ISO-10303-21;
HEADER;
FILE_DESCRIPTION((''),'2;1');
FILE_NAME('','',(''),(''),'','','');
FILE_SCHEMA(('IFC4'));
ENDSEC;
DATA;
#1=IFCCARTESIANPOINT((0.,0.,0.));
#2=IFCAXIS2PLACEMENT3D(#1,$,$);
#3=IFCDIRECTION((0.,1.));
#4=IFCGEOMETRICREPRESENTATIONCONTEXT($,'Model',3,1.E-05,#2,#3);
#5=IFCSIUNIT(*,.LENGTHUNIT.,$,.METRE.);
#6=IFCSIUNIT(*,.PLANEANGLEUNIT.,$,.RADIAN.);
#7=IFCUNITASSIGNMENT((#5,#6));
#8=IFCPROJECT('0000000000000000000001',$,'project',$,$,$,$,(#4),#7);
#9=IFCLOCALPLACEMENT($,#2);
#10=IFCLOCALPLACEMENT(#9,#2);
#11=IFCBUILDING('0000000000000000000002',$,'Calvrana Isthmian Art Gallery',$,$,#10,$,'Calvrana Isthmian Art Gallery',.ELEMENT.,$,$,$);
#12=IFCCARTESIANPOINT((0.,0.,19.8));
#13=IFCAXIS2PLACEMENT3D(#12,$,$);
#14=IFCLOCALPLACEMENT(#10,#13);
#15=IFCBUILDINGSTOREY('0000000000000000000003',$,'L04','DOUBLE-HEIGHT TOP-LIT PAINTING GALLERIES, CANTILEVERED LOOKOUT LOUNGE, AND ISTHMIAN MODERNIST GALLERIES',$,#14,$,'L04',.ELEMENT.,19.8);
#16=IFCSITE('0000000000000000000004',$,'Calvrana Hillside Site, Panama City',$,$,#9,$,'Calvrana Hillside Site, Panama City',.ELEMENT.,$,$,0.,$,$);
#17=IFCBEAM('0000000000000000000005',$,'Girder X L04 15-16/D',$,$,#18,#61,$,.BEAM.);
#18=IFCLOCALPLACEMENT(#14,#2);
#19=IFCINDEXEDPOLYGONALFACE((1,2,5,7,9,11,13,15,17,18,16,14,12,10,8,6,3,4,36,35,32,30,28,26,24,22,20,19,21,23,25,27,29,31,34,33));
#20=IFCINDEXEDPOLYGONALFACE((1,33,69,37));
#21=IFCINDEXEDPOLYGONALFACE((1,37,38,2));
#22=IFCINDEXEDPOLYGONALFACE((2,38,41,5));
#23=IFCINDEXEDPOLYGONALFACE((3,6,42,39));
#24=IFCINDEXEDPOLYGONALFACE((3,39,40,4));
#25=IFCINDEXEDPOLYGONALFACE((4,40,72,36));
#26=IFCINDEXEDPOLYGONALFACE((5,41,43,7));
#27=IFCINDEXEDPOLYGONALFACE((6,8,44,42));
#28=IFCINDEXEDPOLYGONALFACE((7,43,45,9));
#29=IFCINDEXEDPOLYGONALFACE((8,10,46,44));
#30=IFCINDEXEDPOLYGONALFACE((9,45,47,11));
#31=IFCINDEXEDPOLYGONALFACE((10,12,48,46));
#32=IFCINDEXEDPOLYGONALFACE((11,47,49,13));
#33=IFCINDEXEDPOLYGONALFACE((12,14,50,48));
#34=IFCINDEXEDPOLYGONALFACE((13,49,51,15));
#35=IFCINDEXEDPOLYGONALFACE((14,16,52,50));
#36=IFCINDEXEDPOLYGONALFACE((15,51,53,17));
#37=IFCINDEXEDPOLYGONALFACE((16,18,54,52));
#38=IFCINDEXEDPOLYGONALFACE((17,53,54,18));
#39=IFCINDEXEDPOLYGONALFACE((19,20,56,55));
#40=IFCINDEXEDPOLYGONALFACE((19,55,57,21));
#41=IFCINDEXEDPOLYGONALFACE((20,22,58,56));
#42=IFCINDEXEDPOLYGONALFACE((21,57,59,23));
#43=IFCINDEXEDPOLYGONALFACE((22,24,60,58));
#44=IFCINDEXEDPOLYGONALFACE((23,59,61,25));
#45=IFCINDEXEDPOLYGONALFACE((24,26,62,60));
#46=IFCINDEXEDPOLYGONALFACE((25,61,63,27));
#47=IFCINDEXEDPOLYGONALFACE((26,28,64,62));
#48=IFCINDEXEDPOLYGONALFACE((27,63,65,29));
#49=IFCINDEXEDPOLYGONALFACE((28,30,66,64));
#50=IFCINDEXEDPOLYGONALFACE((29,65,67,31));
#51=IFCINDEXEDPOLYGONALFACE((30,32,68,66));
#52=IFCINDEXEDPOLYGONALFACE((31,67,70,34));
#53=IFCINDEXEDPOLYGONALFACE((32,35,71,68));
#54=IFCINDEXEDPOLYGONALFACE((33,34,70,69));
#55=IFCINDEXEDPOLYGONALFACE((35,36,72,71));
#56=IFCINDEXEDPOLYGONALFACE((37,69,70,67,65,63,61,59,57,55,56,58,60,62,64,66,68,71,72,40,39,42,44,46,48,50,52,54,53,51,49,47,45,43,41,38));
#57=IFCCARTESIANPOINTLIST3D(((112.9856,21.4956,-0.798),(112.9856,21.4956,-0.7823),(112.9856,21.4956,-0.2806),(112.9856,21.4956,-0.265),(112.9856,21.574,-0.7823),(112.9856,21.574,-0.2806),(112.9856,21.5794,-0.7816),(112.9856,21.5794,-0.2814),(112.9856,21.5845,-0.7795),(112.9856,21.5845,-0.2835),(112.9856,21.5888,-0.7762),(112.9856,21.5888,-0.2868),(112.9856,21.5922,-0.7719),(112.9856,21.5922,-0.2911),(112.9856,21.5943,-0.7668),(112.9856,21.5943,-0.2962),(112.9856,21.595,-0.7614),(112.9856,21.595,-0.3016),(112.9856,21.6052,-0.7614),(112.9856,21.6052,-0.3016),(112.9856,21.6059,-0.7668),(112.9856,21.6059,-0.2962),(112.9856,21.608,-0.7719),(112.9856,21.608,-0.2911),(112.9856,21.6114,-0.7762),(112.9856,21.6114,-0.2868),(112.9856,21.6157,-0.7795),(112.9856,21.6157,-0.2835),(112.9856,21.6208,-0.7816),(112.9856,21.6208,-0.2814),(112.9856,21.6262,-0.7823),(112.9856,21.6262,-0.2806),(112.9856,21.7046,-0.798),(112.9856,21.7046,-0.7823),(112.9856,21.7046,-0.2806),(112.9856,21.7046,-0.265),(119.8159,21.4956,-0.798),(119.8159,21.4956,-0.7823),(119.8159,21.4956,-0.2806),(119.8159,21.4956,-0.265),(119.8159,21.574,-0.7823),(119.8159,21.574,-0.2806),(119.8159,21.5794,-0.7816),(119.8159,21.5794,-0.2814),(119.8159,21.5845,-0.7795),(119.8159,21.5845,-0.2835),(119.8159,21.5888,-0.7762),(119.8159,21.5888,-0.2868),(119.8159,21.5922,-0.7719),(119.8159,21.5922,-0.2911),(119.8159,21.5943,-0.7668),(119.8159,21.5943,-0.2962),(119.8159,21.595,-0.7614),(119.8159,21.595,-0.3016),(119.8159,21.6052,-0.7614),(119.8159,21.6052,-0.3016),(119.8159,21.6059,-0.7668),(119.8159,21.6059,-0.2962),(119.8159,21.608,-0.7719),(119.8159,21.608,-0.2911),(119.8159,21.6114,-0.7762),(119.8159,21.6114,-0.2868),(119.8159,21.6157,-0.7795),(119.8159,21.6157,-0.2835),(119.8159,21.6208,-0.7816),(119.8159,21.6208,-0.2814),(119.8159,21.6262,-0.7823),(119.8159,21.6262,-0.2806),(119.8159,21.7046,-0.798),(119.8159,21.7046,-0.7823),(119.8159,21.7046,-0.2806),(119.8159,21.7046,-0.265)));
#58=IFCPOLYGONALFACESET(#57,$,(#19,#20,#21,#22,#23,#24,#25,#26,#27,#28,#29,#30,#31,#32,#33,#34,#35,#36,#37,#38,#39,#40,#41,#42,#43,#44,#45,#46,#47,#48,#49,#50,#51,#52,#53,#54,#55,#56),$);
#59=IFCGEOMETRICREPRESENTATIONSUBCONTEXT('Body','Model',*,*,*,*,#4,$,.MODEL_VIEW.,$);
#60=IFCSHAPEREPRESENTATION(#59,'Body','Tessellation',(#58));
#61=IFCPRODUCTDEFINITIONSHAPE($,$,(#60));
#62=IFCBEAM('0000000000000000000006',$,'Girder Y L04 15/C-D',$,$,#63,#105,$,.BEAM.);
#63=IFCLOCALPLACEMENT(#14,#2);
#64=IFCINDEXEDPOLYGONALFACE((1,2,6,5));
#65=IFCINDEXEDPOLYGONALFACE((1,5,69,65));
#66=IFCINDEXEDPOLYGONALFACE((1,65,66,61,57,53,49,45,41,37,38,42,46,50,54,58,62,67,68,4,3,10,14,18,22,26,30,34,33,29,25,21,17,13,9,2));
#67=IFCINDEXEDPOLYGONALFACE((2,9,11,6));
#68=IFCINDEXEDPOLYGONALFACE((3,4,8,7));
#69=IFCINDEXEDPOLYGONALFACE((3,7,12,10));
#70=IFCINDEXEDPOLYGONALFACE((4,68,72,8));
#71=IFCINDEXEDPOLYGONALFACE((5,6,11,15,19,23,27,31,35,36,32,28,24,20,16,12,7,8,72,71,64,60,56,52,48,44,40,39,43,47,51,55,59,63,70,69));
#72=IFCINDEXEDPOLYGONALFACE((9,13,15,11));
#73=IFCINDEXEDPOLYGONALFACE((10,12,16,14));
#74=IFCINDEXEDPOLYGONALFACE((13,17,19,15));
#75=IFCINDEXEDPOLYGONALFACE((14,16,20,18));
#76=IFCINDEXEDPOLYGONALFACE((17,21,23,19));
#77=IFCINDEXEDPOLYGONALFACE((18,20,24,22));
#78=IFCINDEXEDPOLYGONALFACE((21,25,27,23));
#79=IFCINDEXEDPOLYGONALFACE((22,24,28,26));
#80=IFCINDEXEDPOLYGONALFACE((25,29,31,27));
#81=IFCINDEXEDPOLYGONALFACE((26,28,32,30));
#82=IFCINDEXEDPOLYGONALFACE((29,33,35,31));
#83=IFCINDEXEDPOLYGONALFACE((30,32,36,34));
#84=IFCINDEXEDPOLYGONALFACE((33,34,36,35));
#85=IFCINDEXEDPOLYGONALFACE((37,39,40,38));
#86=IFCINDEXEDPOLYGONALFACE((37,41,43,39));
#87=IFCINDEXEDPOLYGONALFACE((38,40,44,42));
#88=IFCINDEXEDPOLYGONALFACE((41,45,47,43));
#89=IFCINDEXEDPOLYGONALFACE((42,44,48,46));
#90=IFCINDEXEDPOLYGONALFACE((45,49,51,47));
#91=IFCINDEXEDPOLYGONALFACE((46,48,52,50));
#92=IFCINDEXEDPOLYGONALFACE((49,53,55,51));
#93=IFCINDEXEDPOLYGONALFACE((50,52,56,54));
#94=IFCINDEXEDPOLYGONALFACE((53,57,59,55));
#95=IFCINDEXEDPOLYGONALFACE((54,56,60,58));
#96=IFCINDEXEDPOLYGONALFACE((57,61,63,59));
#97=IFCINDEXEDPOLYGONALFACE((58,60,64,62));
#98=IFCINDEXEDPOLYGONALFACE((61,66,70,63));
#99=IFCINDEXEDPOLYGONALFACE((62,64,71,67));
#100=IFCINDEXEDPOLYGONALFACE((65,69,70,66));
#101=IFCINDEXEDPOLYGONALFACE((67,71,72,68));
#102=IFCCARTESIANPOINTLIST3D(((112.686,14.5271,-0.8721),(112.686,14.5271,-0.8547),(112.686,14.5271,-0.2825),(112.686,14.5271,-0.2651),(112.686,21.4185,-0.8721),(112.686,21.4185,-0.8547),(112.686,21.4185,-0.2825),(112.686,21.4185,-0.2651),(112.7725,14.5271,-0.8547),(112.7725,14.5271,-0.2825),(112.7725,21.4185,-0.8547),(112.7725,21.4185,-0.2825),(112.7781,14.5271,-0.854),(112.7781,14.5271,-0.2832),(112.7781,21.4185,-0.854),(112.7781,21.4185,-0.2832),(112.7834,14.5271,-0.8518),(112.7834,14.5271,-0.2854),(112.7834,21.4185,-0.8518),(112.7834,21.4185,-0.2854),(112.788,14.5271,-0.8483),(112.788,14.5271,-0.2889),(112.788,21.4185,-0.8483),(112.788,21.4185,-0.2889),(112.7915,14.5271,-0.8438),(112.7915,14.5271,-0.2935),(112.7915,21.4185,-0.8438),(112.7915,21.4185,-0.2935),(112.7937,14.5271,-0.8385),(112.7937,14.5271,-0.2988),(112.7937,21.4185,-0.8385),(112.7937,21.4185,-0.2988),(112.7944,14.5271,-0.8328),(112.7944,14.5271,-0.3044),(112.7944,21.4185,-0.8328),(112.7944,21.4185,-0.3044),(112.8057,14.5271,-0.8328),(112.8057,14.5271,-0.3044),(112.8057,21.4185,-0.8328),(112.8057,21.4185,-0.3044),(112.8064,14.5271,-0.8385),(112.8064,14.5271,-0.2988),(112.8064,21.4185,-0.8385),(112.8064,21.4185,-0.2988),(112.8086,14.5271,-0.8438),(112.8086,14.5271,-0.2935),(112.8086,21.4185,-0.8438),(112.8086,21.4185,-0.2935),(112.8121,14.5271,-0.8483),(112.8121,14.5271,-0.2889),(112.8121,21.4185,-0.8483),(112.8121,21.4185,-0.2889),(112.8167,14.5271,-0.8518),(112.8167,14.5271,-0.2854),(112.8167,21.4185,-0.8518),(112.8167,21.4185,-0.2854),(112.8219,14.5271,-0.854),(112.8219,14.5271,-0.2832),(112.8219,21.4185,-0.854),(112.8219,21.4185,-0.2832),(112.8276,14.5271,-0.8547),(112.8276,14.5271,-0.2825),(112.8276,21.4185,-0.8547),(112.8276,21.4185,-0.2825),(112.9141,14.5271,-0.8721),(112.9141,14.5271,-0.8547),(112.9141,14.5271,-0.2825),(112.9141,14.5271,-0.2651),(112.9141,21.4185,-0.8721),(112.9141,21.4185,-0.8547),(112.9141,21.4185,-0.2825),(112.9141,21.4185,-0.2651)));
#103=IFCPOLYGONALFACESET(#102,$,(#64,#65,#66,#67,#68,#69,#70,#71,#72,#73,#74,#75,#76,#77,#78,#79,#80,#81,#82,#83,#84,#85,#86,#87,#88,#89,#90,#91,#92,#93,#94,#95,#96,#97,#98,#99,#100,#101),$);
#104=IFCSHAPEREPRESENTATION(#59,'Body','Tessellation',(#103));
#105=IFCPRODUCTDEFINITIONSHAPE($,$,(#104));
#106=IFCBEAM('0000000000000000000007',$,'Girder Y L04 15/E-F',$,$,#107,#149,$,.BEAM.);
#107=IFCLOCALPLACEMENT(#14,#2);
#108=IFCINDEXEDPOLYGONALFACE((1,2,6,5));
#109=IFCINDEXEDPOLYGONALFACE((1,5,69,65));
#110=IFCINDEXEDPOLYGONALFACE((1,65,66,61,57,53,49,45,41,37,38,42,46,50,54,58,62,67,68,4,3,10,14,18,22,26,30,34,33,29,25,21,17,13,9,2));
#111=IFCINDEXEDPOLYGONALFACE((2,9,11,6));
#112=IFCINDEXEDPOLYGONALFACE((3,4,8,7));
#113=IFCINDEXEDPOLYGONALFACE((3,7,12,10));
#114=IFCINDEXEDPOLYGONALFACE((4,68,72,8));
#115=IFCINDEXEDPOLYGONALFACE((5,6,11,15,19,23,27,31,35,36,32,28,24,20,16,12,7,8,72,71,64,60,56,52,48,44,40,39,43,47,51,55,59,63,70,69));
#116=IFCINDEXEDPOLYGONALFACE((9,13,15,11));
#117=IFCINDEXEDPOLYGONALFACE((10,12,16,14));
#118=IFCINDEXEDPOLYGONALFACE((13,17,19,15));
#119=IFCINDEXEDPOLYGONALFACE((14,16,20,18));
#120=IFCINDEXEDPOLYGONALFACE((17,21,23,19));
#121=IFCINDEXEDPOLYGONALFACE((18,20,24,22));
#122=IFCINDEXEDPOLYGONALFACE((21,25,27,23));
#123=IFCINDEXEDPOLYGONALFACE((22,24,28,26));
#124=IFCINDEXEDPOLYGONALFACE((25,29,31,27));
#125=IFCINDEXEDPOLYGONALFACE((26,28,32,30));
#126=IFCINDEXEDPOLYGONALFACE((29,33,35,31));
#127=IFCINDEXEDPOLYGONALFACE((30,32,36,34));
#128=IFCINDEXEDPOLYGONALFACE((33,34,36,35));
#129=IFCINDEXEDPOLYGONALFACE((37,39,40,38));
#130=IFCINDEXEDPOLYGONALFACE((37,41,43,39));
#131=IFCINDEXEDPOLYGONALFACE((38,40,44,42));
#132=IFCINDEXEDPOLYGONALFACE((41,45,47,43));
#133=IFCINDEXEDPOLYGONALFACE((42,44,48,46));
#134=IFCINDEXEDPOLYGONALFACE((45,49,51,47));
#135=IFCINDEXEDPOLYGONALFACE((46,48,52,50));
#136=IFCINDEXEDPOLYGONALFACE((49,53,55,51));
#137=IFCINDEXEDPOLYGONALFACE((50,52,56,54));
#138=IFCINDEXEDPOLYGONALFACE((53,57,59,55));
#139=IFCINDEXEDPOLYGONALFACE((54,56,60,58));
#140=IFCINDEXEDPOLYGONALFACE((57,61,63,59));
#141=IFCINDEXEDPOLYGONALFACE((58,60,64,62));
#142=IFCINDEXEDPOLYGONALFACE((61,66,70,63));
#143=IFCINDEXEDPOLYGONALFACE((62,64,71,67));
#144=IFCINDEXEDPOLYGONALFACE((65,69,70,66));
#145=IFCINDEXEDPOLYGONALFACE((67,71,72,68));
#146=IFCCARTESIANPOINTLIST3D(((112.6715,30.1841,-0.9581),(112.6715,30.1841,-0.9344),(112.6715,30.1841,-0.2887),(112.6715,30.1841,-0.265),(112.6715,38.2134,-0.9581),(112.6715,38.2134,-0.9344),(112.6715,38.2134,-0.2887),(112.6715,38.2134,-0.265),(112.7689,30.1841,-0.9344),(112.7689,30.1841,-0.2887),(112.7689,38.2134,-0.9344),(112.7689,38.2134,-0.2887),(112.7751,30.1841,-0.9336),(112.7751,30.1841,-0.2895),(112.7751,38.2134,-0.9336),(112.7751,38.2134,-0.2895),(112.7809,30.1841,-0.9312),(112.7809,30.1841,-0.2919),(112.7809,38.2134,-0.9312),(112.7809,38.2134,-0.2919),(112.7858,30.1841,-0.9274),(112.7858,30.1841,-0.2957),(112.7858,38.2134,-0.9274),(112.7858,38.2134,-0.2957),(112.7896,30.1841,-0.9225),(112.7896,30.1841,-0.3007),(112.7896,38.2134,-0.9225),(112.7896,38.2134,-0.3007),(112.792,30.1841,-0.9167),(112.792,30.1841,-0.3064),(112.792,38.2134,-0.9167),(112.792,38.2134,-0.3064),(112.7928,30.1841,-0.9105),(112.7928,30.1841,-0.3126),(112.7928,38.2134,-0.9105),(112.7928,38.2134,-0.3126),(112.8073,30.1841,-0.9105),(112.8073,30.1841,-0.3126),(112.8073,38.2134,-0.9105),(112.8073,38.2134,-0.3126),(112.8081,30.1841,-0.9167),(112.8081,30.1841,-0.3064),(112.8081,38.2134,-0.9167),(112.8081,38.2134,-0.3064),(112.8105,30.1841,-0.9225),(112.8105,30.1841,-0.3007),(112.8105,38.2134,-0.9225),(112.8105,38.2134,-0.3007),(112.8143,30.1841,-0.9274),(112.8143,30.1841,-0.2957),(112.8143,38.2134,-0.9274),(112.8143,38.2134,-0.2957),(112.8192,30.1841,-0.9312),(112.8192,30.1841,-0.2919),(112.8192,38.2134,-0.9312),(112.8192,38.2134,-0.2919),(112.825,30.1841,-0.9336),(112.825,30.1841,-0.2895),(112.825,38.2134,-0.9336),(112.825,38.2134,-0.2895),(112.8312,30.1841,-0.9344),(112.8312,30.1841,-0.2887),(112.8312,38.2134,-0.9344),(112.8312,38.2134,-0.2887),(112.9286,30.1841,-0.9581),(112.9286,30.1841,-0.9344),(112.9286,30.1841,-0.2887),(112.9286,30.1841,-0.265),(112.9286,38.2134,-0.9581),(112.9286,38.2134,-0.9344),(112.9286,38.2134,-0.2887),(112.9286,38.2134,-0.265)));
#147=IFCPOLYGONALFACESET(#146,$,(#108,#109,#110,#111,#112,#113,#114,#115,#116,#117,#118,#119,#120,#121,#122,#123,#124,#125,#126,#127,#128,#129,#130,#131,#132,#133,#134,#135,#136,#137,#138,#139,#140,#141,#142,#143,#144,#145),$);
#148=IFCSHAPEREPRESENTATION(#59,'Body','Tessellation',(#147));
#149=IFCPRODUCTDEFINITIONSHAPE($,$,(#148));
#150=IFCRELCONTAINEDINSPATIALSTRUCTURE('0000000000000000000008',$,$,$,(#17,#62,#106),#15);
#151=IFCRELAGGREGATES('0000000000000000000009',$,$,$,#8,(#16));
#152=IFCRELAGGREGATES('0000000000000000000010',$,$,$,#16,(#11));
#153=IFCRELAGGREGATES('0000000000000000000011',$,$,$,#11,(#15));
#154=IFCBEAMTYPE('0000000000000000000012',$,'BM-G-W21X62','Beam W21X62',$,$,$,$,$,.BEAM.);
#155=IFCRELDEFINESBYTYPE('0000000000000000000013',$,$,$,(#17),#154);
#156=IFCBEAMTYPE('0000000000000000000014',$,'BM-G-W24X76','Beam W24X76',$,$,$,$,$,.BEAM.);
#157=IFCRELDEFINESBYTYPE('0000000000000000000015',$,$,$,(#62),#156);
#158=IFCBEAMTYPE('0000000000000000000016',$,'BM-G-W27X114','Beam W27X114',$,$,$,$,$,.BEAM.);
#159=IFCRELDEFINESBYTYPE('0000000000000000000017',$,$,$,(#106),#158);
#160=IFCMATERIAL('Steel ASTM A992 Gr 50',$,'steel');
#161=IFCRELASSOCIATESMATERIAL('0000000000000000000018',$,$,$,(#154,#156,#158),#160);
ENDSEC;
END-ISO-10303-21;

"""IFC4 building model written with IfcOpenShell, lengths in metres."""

from ifc_helpers import new_model, si_unit, direction, frame, origin, origin_2d, place, context, subcontext, project, spatial, i_section, extrude, material, material_profile, profile_set, type_object, element, save


model = new_model("IFC4")

# Units and contexts
model_context = context("Model", 3, precision=1e-05, world=origin(), true_north=direction((0.0, 1.0)))
body_context = subcontext(model_context, "Body", "Model", "MODEL_VIEW")
ifc_project = project(units=[si_unit("LENGTHUNIT", "METRE"), si_unit("PLANEANGLEUNIT", "RADIAN")], contexts=[model_context])

# Site, building, storey
site_placement = place(None, origin())
site = spatial("IfcSite", under=ifc_project, at=site_placement, Name="Calvrana Hillside Site, Panama City", LongName="Calvrana Hillside Site, Panama City", CompositionType="ELEMENT", RefElevation=0.0)
building_placement = place(site_placement, origin())
building = spatial("IfcBuilding", under=site, at=building_placement, Name="Calvrana Isthmian Art Gallery", LongName="Calvrana Isthmian Art Gallery", CompositionType="ELEMENT")
storey_placement = place(building_placement, frame((0.0, 0.0, 19.8)))
storey = spatial("IfcBuildingStorey", under=building, at=storey_placement, Name="L04", Description="DOUBLE-HEIGHT TOP-LIT PAINTING GALLERIES, CANTILEVERED LOOKOUT LOUNGE, AND ISTHMIAN MODERNIST GALLERIES", LongName="L04", CompositionType="ELEMENT", Elevation=19.8)

# Shared definitions
ifc_material_1 = material(Name="Steel ASTM A992 Gr 50", Category="steel")

# Beams
ifc_material_profile_1 = material_profile(ifc_material_1, i_section(OverallWidth=0.209, OverallDepth=0.533, WebThickness=0.0103, FlangeThickness=0.0156, FilletRadius=0.021, at=origin_2d()), Name="W21X62")
ifc_profile_set_1 = profile_set([ifc_material_profile_1], Name="Steel ASTM A992 Gr 50")
beam_type_1 = type_object("IfcBeamType", Name="BM-G-W21X62", Description="Beam W21X62", PredefinedType="BEAM", material=ifc_profile_set_1)
beam_1_placement = place(storey_placement, frame((112.9856, 21.6001, -0.5315), z_axis=(1.0, 0.0, 0.0), x_axis=(0.0, 1.0, 0.0)))
element("IfcBeam", 1, at=beam_1_placement, inside=storey, type_object=beam_type_1, Name="Girder X L04 15-16/D", PredefinedType="BEAM", context=body_context, shape_type="SweptSolid", body=[
    extrude(i_section(OverallWidth=0.209, OverallDepth=0.533, WebThickness=0.0103, FlangeThickness=0.0156, FilletRadius=0.021, at=origin_2d()), origin(), (0.0, 0.0, 1.0), 6.8303),
])
ifc_material_profile_2 = material_profile(ifc_material_1, i_section(OverallWidth=0.228, OverallDepth=0.6069, WebThickness=0.0112, FlangeThickness=0.0173, FilletRadius=0.022, at=origin_2d()), Name="W24X76")
ifc_profile_set_2 = profile_set([ifc_material_profile_2], Name="Steel ASTM A992 Gr 50")
beam_type_2 = type_object("IfcBeamType", Name="BM-G-W24X76", Description="Beam W24X76", PredefinedType="BEAM", material=ifc_profile_set_2)
beam_2_placement = place(storey_placement, frame((112.8, 14.5271, -0.5686), z_axis=(0.0, 1.0, 0.0), x_axis=(-1.0, 0.0, 0.0)))
element("IfcBeam", 2, at=beam_2_placement, inside=storey, type_object=beam_type_2, Name="Girder Y L04 15/C-D", PredefinedType="BEAM", context=body_context, shape_type="SweptSolid", body=[
    extrude(i_section(OverallWidth=0.228, OverallDepth=0.6069, WebThickness=0.0112, FlangeThickness=0.0173, FilletRadius=0.022, at=origin_2d()), origin(), (0.0, 0.0, 1.0), 6.8914),
])
ifc_material_profile_3 = material_profile(ifc_material_1, i_section(OverallWidth=0.2571, OverallDepth=0.6931, WebThickness=0.0144, FlangeThickness=0.0237, FilletRadius=0.0239, at=origin_2d()), Name="W27X114")
ifc_profile_set_3 = profile_set([ifc_material_profile_3], Name="Steel ASTM A992 Gr 50")
beam_type_3 = type_object("IfcBeamType", Name="BM-G-W27X114", Description="Beam W27X114", PredefinedType="BEAM", material=ifc_profile_set_3)
beam_3_placement = place(storey_placement, frame((112.8, 30.1841, -0.6116), z_axis=(0.0, 1.0, 0.0), x_axis=(-1.0, 0.0, 0.0)))
element("IfcBeam", 3, at=beam_3_placement, inside=storey, type_object=beam_type_3, Name="Girder Y L04 15/E-F", PredefinedType="BEAM", context=body_context, shape_type="SweptSolid", body=[
    extrude(i_section(OverallWidth=0.2571, OverallDepth=0.6931, WebThickness=0.0144, FlangeThickness=0.0237, FilletRadius=0.0239, at=origin_2d()), origin(), (0.0, 0.0, 1.0), 8.0293),
])

save(model, "model.ifc")
